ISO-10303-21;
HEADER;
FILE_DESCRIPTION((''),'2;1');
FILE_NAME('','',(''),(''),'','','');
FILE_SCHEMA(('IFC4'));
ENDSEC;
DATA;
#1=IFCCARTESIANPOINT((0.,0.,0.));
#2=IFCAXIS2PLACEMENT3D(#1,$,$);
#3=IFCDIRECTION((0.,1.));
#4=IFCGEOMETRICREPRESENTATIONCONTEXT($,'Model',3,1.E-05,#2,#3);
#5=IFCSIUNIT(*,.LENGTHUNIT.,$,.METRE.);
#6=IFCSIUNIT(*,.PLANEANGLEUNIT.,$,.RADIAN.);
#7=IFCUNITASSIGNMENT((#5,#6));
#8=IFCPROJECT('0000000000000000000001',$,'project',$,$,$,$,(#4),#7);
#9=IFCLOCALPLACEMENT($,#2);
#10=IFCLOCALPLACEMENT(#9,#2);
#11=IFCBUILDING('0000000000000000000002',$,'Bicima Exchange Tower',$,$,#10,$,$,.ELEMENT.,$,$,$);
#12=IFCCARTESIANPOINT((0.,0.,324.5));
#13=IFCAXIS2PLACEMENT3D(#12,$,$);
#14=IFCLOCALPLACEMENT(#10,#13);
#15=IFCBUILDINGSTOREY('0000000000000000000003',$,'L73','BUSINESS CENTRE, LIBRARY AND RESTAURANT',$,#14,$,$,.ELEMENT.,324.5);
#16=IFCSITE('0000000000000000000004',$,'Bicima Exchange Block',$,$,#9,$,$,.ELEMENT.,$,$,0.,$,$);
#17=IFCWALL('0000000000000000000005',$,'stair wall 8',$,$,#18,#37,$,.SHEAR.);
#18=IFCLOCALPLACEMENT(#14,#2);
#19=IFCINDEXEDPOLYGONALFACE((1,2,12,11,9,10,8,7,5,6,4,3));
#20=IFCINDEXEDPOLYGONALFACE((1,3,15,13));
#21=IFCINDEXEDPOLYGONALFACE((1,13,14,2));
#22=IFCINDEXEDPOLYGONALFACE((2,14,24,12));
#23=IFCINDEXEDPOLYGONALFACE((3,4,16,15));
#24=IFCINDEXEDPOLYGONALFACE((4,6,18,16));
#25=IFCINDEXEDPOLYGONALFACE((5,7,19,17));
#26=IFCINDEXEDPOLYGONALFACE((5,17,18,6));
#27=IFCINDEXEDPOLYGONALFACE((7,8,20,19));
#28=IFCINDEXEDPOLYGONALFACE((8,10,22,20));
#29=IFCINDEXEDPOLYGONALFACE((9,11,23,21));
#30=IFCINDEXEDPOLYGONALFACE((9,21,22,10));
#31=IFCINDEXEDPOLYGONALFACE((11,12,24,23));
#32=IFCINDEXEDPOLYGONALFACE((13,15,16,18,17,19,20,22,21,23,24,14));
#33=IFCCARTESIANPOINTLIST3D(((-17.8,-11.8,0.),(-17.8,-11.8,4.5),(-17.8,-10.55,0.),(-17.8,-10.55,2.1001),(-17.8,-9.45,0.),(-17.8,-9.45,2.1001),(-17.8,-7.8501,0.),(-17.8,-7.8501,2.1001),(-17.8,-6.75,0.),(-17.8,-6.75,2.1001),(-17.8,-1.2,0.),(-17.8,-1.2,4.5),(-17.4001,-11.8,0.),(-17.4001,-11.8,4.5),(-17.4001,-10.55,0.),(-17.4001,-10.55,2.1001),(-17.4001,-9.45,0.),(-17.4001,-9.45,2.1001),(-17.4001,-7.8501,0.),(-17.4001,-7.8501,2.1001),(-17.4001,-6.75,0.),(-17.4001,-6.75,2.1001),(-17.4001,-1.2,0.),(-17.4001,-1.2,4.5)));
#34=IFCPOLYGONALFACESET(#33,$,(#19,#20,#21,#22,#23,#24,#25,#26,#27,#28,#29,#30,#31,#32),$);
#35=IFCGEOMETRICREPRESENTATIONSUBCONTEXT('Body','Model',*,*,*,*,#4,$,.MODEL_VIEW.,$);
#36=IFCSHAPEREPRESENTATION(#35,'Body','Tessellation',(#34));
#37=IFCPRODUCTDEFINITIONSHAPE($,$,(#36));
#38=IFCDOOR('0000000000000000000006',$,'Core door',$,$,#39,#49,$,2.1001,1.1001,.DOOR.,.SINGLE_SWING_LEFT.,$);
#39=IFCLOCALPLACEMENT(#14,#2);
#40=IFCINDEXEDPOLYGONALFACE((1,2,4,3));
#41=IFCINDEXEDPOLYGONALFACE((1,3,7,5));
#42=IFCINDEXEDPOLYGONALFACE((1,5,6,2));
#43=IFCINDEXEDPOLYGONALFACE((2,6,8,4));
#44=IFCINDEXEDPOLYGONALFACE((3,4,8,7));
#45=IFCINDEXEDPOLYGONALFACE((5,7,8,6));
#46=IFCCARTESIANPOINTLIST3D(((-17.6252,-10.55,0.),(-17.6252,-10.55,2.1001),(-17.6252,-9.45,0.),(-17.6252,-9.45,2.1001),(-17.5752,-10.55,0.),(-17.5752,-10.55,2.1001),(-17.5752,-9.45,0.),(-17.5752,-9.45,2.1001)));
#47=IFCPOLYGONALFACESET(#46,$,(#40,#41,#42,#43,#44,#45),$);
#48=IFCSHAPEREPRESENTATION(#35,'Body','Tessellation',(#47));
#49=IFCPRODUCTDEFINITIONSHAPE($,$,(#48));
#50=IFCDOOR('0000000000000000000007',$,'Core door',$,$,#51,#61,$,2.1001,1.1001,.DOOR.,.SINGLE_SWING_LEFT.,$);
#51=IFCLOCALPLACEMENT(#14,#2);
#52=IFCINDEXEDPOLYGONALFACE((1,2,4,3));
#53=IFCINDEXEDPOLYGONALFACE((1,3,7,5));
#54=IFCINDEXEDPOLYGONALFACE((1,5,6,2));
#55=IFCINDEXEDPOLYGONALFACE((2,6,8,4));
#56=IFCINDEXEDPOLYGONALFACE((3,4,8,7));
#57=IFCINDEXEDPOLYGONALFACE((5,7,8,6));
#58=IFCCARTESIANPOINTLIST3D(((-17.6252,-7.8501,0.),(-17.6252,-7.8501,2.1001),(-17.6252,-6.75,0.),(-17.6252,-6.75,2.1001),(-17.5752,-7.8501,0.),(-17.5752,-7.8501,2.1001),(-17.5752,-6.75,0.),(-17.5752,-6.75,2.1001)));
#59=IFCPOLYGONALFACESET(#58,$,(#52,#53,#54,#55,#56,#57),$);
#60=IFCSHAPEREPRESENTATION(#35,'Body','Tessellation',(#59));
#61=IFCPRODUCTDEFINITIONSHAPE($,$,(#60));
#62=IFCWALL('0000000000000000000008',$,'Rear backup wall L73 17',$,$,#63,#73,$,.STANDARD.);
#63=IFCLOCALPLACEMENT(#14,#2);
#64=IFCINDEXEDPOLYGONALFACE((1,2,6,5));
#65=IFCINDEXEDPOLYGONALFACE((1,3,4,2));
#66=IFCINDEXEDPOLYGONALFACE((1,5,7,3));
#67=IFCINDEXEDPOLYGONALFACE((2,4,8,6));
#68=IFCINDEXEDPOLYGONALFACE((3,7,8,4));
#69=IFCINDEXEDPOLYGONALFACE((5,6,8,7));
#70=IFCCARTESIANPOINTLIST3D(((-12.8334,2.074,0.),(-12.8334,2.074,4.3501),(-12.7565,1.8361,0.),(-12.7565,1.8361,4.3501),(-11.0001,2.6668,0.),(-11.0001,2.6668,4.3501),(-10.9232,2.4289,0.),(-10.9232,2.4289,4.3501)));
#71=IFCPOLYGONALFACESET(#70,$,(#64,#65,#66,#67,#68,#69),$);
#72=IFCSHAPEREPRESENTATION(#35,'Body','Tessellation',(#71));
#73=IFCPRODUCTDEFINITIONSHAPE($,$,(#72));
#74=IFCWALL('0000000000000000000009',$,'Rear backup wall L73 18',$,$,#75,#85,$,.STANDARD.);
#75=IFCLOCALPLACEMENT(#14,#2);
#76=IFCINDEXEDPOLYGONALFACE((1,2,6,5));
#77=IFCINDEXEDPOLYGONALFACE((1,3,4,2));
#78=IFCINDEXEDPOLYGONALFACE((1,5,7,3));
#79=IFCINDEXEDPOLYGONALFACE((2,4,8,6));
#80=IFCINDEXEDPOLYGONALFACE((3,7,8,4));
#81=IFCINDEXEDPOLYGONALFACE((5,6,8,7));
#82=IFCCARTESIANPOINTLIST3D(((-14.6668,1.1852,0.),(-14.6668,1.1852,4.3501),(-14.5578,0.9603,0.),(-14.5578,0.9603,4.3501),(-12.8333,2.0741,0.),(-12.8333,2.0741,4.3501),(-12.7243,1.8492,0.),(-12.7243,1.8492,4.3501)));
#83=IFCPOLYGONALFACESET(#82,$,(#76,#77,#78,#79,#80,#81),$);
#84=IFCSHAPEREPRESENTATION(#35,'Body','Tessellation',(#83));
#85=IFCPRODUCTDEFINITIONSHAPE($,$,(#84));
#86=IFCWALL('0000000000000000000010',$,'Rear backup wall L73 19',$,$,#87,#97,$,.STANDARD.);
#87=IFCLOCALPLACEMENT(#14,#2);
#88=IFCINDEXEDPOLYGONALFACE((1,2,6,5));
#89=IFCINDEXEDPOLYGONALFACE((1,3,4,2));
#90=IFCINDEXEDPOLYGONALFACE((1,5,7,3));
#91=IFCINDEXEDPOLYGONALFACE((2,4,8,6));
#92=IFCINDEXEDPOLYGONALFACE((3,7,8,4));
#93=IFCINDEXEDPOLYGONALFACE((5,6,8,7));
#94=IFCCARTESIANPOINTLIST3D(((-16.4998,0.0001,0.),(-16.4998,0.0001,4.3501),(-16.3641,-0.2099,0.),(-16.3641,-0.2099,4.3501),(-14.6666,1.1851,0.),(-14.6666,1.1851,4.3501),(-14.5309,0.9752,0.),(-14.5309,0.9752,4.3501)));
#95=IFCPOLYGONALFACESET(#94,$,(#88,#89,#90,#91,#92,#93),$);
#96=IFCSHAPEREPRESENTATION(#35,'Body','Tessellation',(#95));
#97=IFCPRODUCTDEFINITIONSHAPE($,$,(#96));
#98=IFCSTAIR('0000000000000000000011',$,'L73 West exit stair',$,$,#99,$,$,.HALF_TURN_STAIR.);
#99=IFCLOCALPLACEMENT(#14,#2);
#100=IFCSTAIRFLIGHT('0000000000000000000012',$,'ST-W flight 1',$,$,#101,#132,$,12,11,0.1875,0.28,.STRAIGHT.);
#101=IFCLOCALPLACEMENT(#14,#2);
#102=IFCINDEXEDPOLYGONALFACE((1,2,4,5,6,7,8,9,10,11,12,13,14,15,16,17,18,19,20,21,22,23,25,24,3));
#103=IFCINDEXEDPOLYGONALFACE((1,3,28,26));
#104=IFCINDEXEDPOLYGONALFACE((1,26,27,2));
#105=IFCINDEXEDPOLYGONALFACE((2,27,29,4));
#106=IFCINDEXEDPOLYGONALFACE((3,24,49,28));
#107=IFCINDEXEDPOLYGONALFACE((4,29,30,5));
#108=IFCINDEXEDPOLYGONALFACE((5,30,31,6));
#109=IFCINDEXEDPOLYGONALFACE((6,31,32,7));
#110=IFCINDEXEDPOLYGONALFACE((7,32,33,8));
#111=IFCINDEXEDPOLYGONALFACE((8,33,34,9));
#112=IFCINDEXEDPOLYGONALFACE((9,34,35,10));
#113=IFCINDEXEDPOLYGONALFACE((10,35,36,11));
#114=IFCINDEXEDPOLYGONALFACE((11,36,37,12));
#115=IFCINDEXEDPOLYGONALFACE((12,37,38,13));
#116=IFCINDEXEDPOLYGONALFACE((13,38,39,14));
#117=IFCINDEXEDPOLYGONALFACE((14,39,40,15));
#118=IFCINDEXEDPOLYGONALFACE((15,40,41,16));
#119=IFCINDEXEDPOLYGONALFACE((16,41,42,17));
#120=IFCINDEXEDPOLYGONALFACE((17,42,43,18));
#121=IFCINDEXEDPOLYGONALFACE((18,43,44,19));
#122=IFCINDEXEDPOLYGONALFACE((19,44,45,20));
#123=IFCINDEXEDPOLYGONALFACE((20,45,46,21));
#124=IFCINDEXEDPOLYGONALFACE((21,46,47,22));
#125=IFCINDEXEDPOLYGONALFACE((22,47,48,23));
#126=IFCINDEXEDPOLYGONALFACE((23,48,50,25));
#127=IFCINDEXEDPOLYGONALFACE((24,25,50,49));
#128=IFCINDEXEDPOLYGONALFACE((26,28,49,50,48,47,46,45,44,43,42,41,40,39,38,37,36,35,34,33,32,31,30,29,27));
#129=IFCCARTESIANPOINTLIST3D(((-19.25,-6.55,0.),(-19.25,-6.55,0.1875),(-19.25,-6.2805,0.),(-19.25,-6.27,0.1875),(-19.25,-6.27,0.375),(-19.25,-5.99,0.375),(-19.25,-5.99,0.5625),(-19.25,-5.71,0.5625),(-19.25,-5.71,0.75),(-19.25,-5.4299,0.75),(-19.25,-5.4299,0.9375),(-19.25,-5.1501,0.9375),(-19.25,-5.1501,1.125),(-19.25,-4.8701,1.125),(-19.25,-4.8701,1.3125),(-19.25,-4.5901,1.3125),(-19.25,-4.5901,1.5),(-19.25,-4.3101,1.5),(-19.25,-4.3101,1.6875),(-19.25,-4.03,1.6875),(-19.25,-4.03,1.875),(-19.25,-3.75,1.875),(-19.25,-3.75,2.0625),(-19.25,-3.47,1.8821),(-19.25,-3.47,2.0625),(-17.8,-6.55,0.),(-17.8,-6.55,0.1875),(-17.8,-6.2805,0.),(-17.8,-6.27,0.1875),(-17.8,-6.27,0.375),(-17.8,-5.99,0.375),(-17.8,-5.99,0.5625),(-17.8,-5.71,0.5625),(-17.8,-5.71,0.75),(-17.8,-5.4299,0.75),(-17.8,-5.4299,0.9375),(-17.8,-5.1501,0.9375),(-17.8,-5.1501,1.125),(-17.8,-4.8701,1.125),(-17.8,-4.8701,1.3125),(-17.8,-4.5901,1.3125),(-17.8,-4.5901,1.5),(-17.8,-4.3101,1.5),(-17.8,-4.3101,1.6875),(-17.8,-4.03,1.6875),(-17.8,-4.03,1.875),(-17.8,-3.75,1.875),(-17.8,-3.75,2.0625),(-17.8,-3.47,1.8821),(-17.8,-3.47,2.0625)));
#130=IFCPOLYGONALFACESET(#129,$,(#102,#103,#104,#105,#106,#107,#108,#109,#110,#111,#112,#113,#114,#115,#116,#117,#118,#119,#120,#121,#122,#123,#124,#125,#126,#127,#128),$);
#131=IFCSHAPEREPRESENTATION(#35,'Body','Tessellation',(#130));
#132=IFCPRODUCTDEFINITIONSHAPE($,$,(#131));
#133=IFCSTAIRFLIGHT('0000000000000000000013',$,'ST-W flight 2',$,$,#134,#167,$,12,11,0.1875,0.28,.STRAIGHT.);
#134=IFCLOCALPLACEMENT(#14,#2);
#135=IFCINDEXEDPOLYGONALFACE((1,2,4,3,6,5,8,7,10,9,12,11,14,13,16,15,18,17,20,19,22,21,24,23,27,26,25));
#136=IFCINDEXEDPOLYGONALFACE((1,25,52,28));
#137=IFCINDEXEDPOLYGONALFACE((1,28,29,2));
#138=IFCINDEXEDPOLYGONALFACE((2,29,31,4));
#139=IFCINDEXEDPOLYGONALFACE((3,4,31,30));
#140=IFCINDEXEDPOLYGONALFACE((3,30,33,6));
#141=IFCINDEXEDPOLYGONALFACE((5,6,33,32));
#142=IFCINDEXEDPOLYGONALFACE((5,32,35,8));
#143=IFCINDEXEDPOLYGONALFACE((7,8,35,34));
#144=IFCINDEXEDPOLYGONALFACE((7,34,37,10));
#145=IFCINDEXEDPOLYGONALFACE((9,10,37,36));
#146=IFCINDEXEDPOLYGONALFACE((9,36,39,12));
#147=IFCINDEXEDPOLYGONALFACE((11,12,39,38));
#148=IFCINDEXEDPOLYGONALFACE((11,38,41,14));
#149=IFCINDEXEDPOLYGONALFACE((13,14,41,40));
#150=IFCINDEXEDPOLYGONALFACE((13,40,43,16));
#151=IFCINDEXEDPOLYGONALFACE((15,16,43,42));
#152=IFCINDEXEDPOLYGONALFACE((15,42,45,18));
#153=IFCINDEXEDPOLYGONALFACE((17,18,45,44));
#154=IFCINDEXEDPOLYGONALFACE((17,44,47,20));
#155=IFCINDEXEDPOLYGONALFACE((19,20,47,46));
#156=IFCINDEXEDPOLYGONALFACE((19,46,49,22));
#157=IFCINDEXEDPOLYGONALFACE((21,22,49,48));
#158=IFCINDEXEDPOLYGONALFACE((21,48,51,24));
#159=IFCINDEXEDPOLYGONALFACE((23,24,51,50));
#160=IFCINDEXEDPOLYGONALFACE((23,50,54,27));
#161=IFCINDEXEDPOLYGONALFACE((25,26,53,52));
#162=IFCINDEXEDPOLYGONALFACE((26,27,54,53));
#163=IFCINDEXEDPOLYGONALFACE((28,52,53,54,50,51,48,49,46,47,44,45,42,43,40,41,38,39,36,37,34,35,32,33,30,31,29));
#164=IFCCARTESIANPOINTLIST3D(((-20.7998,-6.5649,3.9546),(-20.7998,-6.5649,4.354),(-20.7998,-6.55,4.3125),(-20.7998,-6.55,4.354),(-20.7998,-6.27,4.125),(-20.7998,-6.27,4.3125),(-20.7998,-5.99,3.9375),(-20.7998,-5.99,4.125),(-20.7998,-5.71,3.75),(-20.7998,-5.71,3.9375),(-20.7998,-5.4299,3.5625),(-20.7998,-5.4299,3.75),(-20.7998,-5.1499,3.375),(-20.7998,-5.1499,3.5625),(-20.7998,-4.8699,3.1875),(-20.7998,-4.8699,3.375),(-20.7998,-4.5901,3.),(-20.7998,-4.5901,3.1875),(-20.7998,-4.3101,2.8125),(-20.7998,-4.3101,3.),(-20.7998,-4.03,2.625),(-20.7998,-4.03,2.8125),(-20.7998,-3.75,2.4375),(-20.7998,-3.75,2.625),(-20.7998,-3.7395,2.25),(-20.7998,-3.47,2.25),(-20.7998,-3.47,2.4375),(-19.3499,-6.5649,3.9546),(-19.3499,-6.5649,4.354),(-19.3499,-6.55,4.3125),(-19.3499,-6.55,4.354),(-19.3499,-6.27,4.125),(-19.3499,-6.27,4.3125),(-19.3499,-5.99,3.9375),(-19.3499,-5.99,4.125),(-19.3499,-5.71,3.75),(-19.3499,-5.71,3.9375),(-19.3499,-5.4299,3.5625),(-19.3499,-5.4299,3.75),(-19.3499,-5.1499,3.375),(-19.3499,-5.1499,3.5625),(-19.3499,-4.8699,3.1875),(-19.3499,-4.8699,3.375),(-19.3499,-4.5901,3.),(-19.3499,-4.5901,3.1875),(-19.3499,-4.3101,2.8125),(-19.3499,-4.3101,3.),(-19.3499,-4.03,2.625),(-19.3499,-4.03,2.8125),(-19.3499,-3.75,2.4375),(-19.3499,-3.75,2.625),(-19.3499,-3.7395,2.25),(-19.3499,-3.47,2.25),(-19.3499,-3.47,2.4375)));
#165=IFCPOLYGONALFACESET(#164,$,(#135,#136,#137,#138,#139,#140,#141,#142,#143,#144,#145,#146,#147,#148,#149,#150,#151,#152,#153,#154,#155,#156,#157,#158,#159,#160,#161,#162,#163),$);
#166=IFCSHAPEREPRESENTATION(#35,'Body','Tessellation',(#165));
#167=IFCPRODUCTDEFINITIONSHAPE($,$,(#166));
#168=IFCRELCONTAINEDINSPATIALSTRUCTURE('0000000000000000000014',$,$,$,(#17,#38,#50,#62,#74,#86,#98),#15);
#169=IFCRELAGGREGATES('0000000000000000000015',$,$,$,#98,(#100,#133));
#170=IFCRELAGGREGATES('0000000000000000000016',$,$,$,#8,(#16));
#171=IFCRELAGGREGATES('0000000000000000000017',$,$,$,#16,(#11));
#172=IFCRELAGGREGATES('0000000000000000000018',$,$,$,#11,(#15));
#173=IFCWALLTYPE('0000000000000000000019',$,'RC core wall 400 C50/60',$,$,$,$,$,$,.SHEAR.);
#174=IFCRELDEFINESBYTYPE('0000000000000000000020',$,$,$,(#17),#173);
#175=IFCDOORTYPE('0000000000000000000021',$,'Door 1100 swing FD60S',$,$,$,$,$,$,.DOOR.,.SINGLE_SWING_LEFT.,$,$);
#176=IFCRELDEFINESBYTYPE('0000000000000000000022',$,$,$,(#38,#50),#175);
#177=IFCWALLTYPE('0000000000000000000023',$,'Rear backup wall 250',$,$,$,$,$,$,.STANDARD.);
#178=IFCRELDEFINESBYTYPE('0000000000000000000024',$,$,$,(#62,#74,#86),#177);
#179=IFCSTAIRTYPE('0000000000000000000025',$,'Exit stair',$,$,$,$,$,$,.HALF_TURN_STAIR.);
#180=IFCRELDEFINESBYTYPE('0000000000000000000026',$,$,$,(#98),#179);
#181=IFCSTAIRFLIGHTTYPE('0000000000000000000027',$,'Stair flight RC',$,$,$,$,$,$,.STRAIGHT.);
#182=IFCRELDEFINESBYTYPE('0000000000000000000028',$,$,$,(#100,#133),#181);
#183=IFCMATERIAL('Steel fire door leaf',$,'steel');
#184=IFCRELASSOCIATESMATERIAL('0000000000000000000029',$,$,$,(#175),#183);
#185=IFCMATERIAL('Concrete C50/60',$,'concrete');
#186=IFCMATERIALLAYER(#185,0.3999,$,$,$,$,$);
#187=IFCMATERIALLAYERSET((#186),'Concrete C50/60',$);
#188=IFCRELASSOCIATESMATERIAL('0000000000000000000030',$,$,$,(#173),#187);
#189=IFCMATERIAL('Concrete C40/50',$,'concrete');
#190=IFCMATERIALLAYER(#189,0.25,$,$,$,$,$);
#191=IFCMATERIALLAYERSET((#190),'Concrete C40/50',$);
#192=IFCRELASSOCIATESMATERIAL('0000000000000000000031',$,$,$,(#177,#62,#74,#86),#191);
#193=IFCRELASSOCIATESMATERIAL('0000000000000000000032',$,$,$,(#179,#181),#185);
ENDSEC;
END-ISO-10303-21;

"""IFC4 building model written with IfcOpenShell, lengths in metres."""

from ifc_helpers import new_model, si_unit, direction, frame, frame_2d, origin, place, context, subcontext, project, spatial, polyline, rectangle, outline, extrude, material, layer, layer_set, layer_usage, type_object, element, fill, aggregate, save


model = new_model("IFC4")

# Units and contexts
model_context = context("Model", 3, precision=1e-05, world=origin(), true_north=direction((0.0, 1.0)))
body_context = subcontext(model_context, "Body", "Model", "MODEL_VIEW")
ifc_project = project(units=[si_unit("LENGTHUNIT", "METRE"), si_unit("PLANEANGLEUNIT", "RADIAN")], contexts=[model_context])

# Site, building, storey
site_placement = place(None, origin())
site = spatial("IfcSite", under=ifc_project, at=site_placement, Name="Bicima Exchange Block", CompositionType="ELEMENT", RefElevation=0.0)
building_placement = place(site_placement, origin())
building = spatial("IfcBuilding", under=site, at=building_placement, Name="Bicima Exchange Tower", CompositionType="ELEMENT")
storey_placement = place(building_placement, frame((0.0, 0.0, 324.5)))
storey = spatial("IfcBuildingStorey", under=building, at=storey_placement, Name="L73", Description="BUSINESS CENTRE, LIBRARY AND RESTAURANT", CompositionType="ELEMENT", Elevation=324.5)

# Shared definitions
ifc_material_1 = material(Name="Concrete C40/50", Category="concrete")

# Shared definitions
ifc_material_2 = material(Name="Steel fire door leaf", Category="steel")

# Shared definitions
door_type_1 = type_object("IfcDoorType", Name="Door 1100 swing FD60S", OperationType="SINGLE_SWING_LEFT", PredefinedType="DOOR", material=ifc_material_2)

# Wall, openings, doors
ifc_material_3 = material(Name="Concrete C50/60", Category="concrete")
ifc_layer_1 = layer(ifc_material_3, 0.3999)
ifc_layer_set_1 = layer_set([ifc_layer_1], Name="Concrete C50/60")
wall_type_1 = type_object("IfcWallType", Name="RC core wall 400 C50/60", PredefinedType="SHEAR", material=ifc_layer_set_1)
wall_1_placement = place(storey_placement, frame((-17.6001, -11.8, 0.0), z_axis=(0.0, 0.0, 1.0), x_axis=(0.0, 1.0, 0.0)))
wall_1 = element("IfcWall", 1, at=wall_1_placement, inside=storey, type_object=wall_type_1, Name="stair wall 8", PredefinedType="SHEAR", context=body_context, shape_type="SweptSolid", body=[
    extrude(rectangle(XDim=10.6001, YDim=0.3999, at=frame_2d((5.3, 0.0))), origin(), (0.0, 0.0, 1.0), 4.5),
])
opening_1_placement = place(wall_1_placement, frame((1.25, 0.0, 0.0)))
opening_1 = element("IfcOpeningElement", 2, at=opening_1_placement, cuts=wall_1, PredefinedType="OPENING", context=body_context, shape_type="SweptSolid", body=[
    extrude(rectangle(XDim=1.1001, YDim=2.1001, at=frame_2d((0.55, 1.05))), frame((0.0, 0.2119, 0.0), z_axis=(0.0, -1.0, 0.0), x_axis=(1.0, 0.0, 0.0)), (0.0, 0.0, 1.0), 0.4238),
])
opening_2_placement = place(wall_1_placement, frame((3.95, 0.0, 0.0)))
opening_2 = element("IfcOpeningElement", 3, at=opening_2_placement, cuts=wall_1, PredefinedType="OPENING", context=body_context, shape_type="SweptSolid", body=[
    extrude(rectangle(XDim=1.1001, YDim=2.1001, at=frame_2d((0.55, 1.05))), frame((0.0, 0.2119, 0.0), z_axis=(0.0, -1.0, 0.0), x_axis=(1.0, 0.0, 0.0)), (0.0, 0.0, 1.0), 0.4238),
])
door_1_placement = place(opening_1_placement, frame((1.1001, 0.0, 0.0), z_axis=(0.0, 0.0, 1.0), x_axis=(-1.0, 0.0, 0.0)))
door_1 = element("IfcDoor", 4, at=door_1_placement, inside=storey, type_object=door_type_1, Name="Core door", OperationType="SINGLE_SWING_LEFT", OverallHeight=2.1001, OverallWidth=1.1001, PredefinedType="DOOR", context=body_context, shape_type="SweptSolid", body=[
    extrude(rectangle(XDim=1.1001, YDim=2.1001, at=frame_2d((0.55, 1.05))), frame((0.0, 0.0249, 0.0), z_axis=(0.0, -1.0, 0.0), x_axis=(1.0, 0.0, 0.0)), (0.0, 0.0, 1.0), 0.05),
])
fill(opening_1, door_1)
door_2_placement = place(opening_2_placement, frame((1.1001, 0.0, 0.0), z_axis=(0.0, 0.0, 1.0), x_axis=(-1.0, 0.0, 0.0)))
door_2 = element("IfcDoor", 5, at=door_2_placement, inside=storey, type_object=door_type_1, Name="Core door", OperationType="SINGLE_SWING_LEFT", OverallHeight=2.1001, OverallWidth=1.1001, PredefinedType="DOOR", context=body_context, shape_type="SweptSolid", body=[
    extrude(rectangle(XDim=1.1001, YDim=2.1001, at=frame_2d((0.55, 1.05))), frame((0.0, 0.0249, 0.0), z_axis=(0.0, -1.0, 0.0), x_axis=(1.0, 0.0, 0.0)), (0.0, 0.0, 1.0), 0.05),
])
fill(opening_2, door_2)

# Walls
ifc_layer_2 = layer(ifc_material_1, 0.25)
ifc_layer_set_2 = layer_set([ifc_layer_2], Name="Concrete C40/50")
ifc_layer_usage = layer_usage(ifc_layer_set_2, "AXIS2", "POSITIVE", -0.125)
wall_type_2 = type_object("IfcWallType", Name="Rear backup wall 250", PredefinedType="STANDARD", material=ifc_layer_set_2)
wall_2_placement = place(storey_placement, frame((-10.9617, 2.5479, 0.0), z_axis=(0.0, 0.0, 1.0), x_axis=(-0.951496, -0.307662, 0.0)))
element("IfcWall", 6, at=wall_2_placement, inside=storey, type_object=wall_type_2, material=ifc_layer_usage, Name="Rear backup wall L73 17", PredefinedType="STANDARD", context=body_context, shape_type="SweptSolid", body=[
    extrude(rectangle(XDim=1.9268, YDim=0.25, at=frame_2d((0.9634, 0.0))), origin(), (0.0, 0.0, 1.0), 4.3501),
])
wall_3_placement = place(storey_placement, frame((-12.7788, 1.9617, 0.0), z_axis=(0.0, 0.0, 1.0), x_axis=(-0.899824, -0.436253, 0.0)))
element("IfcWall", 7, at=wall_3_placement, inside=storey, type_object=wall_type_2, material=ifc_layer_usage, Name="Rear backup wall L73 18", PredefinedType="STANDARD", context=body_context, shape_type="SweptSolid", body=[
    extrude(rectangle(XDim=2.0376, YDim=0.25, at=frame_2d((1.0188, 0.0))), origin(), (0.0, 0.0, 1.0), 4.3501),
])
wall_4_placement = place(storey_placement, frame((-14.5989, 1.0801, 0.0), z_axis=(0.0, 0.0, 1.0), x_axis=(-0.839813, -0.542876, 0.0)))
element("IfcWall", 8, at=wall_4_placement, inside=storey, type_object=wall_type_2, material=ifc_layer_usage, Name="Rear backup wall L73 19", PredefinedType="STANDARD", context=body_context, shape_type="SweptSolid", body=[
    extrude(rectangle(XDim=2.1829, YDim=0.25, at=frame_2d((1.0913, 0.0))), origin(), (0.0, 0.0, 1.0), 4.3501),
])

# Stair, stair flights
stair_type = type_object("IfcStairType", Name="Exit stair", PredefinedType="HALF_TURN_STAIR", material=ifc_material_3)
stair_placement = place(storey_placement, origin())
stair = element("IfcStair", 9, at=stair_placement, inside=storey, type_object=stair_type, Name="L73 West exit stair", PredefinedType="HALF_TURN_STAIR")
stair_flight_type = type_object("IfcStairFlightType", Name="Stair flight RC", PredefinedType="STRAIGHT", material=ifc_material_3)
stair_flight_1_placement = place(storey_placement, frame((-18.5249, -6.55, 0.0), z_axis=(0.0, 0.0, 1.0), x_axis=(0.0, 1.0, 0.0)))
stair_flight_1 = element("IfcStairFlight", 10, at=stair_flight_1_placement, type_object=stair_flight_type, Name="ST-W flight 1", NumberOfRisers=12, NumberOfTreads=11, PredefinedType="STRAIGHT", RiserHeight=0.1875, TreadLength=0.28, context=body_context, shape_type="SweptSolid", body=[
    extrude(outline(polyline([(0.0, 0.0), (0.0, 0.1875), (0.28, 0.1875), (0.28, 0.375), (0.5601, 0.375), (0.5601, 0.5625), (0.8401, 0.5625), (0.8401, 0.75), (1.1201, 0.75), (1.1201, 0.9375), (1.3999, 0.9375), (1.3999, 1.125), (1.6799, 1.125), (1.6799, 1.3125), (1.96, 1.3125), (1.96, 1.5), (2.24, 1.5), (2.24, 1.6875), (2.52, 1.6875), (2.52, 1.875), (2.8, 1.875), (2.8, 2.0625), (3.0801, 2.0625), (3.0801, 2.25), (3.0801, 1.8821), (0.2695, 0.0), (0.0, 0.0)])), frame((0.0, 0.7251, 0.0), z_axis=(0.0, -1.0, 0.0), x_axis=(1.0, 0.0, 0.0)), (0.0, 0.0, 1.0), 1.45),
])
stair_flight_2_placement = place(storey_placement, frame((-20.075, -3.47, 2.25), z_axis=(0.0, 0.0, 1.0), x_axis=(0.0, -1.0, 0.0)))
stair_flight_2 = element("IfcStairFlight", 11, at=stair_flight_2_placement, type_object=stair_flight_type, Name="ST-W flight 2", NumberOfRisers=12, NumberOfTreads=11, PredefinedType="STRAIGHT", RiserHeight=0.1875, TreadLength=0.28, context=body_context, shape_type="SweptSolid", body=[
    extrude(outline(polyline([(0.0, 0.0), (0.0, 0.1875), (0.28, 0.1875), (0.28, 0.375), (0.5601, 0.375), (0.5601, 0.5625), (0.8401, 0.5625), (0.8401, 0.75), (1.1201, 0.75), (1.1201, 0.9375), (1.3999, 0.9375), (1.3999, 1.125), (1.6799, 1.125), (1.6799, 1.3125), (1.96, 1.3125), (1.96, 1.5), (2.24, 1.5), (2.24, 1.6875), (2.52, 1.6875), (2.52, 1.875), (2.8, 1.875), (2.8, 2.0625), (3.0801, 2.0625), (3.0801, 2.104), (3.095, 2.104), (3.095, 1.7046), (0.2695, 0.0), (0.0, 0.0)])), frame((0.0, 0.7251, 0.0), z_axis=(0.0, -1.0, 0.0), x_axis=(1.0, 0.0, 0.0)), (0.0, 0.0, 1.0), 1.45),
])
aggregate(stair, [stair_flight_1, stair_flight_2])

save(model, "model.ifc")
